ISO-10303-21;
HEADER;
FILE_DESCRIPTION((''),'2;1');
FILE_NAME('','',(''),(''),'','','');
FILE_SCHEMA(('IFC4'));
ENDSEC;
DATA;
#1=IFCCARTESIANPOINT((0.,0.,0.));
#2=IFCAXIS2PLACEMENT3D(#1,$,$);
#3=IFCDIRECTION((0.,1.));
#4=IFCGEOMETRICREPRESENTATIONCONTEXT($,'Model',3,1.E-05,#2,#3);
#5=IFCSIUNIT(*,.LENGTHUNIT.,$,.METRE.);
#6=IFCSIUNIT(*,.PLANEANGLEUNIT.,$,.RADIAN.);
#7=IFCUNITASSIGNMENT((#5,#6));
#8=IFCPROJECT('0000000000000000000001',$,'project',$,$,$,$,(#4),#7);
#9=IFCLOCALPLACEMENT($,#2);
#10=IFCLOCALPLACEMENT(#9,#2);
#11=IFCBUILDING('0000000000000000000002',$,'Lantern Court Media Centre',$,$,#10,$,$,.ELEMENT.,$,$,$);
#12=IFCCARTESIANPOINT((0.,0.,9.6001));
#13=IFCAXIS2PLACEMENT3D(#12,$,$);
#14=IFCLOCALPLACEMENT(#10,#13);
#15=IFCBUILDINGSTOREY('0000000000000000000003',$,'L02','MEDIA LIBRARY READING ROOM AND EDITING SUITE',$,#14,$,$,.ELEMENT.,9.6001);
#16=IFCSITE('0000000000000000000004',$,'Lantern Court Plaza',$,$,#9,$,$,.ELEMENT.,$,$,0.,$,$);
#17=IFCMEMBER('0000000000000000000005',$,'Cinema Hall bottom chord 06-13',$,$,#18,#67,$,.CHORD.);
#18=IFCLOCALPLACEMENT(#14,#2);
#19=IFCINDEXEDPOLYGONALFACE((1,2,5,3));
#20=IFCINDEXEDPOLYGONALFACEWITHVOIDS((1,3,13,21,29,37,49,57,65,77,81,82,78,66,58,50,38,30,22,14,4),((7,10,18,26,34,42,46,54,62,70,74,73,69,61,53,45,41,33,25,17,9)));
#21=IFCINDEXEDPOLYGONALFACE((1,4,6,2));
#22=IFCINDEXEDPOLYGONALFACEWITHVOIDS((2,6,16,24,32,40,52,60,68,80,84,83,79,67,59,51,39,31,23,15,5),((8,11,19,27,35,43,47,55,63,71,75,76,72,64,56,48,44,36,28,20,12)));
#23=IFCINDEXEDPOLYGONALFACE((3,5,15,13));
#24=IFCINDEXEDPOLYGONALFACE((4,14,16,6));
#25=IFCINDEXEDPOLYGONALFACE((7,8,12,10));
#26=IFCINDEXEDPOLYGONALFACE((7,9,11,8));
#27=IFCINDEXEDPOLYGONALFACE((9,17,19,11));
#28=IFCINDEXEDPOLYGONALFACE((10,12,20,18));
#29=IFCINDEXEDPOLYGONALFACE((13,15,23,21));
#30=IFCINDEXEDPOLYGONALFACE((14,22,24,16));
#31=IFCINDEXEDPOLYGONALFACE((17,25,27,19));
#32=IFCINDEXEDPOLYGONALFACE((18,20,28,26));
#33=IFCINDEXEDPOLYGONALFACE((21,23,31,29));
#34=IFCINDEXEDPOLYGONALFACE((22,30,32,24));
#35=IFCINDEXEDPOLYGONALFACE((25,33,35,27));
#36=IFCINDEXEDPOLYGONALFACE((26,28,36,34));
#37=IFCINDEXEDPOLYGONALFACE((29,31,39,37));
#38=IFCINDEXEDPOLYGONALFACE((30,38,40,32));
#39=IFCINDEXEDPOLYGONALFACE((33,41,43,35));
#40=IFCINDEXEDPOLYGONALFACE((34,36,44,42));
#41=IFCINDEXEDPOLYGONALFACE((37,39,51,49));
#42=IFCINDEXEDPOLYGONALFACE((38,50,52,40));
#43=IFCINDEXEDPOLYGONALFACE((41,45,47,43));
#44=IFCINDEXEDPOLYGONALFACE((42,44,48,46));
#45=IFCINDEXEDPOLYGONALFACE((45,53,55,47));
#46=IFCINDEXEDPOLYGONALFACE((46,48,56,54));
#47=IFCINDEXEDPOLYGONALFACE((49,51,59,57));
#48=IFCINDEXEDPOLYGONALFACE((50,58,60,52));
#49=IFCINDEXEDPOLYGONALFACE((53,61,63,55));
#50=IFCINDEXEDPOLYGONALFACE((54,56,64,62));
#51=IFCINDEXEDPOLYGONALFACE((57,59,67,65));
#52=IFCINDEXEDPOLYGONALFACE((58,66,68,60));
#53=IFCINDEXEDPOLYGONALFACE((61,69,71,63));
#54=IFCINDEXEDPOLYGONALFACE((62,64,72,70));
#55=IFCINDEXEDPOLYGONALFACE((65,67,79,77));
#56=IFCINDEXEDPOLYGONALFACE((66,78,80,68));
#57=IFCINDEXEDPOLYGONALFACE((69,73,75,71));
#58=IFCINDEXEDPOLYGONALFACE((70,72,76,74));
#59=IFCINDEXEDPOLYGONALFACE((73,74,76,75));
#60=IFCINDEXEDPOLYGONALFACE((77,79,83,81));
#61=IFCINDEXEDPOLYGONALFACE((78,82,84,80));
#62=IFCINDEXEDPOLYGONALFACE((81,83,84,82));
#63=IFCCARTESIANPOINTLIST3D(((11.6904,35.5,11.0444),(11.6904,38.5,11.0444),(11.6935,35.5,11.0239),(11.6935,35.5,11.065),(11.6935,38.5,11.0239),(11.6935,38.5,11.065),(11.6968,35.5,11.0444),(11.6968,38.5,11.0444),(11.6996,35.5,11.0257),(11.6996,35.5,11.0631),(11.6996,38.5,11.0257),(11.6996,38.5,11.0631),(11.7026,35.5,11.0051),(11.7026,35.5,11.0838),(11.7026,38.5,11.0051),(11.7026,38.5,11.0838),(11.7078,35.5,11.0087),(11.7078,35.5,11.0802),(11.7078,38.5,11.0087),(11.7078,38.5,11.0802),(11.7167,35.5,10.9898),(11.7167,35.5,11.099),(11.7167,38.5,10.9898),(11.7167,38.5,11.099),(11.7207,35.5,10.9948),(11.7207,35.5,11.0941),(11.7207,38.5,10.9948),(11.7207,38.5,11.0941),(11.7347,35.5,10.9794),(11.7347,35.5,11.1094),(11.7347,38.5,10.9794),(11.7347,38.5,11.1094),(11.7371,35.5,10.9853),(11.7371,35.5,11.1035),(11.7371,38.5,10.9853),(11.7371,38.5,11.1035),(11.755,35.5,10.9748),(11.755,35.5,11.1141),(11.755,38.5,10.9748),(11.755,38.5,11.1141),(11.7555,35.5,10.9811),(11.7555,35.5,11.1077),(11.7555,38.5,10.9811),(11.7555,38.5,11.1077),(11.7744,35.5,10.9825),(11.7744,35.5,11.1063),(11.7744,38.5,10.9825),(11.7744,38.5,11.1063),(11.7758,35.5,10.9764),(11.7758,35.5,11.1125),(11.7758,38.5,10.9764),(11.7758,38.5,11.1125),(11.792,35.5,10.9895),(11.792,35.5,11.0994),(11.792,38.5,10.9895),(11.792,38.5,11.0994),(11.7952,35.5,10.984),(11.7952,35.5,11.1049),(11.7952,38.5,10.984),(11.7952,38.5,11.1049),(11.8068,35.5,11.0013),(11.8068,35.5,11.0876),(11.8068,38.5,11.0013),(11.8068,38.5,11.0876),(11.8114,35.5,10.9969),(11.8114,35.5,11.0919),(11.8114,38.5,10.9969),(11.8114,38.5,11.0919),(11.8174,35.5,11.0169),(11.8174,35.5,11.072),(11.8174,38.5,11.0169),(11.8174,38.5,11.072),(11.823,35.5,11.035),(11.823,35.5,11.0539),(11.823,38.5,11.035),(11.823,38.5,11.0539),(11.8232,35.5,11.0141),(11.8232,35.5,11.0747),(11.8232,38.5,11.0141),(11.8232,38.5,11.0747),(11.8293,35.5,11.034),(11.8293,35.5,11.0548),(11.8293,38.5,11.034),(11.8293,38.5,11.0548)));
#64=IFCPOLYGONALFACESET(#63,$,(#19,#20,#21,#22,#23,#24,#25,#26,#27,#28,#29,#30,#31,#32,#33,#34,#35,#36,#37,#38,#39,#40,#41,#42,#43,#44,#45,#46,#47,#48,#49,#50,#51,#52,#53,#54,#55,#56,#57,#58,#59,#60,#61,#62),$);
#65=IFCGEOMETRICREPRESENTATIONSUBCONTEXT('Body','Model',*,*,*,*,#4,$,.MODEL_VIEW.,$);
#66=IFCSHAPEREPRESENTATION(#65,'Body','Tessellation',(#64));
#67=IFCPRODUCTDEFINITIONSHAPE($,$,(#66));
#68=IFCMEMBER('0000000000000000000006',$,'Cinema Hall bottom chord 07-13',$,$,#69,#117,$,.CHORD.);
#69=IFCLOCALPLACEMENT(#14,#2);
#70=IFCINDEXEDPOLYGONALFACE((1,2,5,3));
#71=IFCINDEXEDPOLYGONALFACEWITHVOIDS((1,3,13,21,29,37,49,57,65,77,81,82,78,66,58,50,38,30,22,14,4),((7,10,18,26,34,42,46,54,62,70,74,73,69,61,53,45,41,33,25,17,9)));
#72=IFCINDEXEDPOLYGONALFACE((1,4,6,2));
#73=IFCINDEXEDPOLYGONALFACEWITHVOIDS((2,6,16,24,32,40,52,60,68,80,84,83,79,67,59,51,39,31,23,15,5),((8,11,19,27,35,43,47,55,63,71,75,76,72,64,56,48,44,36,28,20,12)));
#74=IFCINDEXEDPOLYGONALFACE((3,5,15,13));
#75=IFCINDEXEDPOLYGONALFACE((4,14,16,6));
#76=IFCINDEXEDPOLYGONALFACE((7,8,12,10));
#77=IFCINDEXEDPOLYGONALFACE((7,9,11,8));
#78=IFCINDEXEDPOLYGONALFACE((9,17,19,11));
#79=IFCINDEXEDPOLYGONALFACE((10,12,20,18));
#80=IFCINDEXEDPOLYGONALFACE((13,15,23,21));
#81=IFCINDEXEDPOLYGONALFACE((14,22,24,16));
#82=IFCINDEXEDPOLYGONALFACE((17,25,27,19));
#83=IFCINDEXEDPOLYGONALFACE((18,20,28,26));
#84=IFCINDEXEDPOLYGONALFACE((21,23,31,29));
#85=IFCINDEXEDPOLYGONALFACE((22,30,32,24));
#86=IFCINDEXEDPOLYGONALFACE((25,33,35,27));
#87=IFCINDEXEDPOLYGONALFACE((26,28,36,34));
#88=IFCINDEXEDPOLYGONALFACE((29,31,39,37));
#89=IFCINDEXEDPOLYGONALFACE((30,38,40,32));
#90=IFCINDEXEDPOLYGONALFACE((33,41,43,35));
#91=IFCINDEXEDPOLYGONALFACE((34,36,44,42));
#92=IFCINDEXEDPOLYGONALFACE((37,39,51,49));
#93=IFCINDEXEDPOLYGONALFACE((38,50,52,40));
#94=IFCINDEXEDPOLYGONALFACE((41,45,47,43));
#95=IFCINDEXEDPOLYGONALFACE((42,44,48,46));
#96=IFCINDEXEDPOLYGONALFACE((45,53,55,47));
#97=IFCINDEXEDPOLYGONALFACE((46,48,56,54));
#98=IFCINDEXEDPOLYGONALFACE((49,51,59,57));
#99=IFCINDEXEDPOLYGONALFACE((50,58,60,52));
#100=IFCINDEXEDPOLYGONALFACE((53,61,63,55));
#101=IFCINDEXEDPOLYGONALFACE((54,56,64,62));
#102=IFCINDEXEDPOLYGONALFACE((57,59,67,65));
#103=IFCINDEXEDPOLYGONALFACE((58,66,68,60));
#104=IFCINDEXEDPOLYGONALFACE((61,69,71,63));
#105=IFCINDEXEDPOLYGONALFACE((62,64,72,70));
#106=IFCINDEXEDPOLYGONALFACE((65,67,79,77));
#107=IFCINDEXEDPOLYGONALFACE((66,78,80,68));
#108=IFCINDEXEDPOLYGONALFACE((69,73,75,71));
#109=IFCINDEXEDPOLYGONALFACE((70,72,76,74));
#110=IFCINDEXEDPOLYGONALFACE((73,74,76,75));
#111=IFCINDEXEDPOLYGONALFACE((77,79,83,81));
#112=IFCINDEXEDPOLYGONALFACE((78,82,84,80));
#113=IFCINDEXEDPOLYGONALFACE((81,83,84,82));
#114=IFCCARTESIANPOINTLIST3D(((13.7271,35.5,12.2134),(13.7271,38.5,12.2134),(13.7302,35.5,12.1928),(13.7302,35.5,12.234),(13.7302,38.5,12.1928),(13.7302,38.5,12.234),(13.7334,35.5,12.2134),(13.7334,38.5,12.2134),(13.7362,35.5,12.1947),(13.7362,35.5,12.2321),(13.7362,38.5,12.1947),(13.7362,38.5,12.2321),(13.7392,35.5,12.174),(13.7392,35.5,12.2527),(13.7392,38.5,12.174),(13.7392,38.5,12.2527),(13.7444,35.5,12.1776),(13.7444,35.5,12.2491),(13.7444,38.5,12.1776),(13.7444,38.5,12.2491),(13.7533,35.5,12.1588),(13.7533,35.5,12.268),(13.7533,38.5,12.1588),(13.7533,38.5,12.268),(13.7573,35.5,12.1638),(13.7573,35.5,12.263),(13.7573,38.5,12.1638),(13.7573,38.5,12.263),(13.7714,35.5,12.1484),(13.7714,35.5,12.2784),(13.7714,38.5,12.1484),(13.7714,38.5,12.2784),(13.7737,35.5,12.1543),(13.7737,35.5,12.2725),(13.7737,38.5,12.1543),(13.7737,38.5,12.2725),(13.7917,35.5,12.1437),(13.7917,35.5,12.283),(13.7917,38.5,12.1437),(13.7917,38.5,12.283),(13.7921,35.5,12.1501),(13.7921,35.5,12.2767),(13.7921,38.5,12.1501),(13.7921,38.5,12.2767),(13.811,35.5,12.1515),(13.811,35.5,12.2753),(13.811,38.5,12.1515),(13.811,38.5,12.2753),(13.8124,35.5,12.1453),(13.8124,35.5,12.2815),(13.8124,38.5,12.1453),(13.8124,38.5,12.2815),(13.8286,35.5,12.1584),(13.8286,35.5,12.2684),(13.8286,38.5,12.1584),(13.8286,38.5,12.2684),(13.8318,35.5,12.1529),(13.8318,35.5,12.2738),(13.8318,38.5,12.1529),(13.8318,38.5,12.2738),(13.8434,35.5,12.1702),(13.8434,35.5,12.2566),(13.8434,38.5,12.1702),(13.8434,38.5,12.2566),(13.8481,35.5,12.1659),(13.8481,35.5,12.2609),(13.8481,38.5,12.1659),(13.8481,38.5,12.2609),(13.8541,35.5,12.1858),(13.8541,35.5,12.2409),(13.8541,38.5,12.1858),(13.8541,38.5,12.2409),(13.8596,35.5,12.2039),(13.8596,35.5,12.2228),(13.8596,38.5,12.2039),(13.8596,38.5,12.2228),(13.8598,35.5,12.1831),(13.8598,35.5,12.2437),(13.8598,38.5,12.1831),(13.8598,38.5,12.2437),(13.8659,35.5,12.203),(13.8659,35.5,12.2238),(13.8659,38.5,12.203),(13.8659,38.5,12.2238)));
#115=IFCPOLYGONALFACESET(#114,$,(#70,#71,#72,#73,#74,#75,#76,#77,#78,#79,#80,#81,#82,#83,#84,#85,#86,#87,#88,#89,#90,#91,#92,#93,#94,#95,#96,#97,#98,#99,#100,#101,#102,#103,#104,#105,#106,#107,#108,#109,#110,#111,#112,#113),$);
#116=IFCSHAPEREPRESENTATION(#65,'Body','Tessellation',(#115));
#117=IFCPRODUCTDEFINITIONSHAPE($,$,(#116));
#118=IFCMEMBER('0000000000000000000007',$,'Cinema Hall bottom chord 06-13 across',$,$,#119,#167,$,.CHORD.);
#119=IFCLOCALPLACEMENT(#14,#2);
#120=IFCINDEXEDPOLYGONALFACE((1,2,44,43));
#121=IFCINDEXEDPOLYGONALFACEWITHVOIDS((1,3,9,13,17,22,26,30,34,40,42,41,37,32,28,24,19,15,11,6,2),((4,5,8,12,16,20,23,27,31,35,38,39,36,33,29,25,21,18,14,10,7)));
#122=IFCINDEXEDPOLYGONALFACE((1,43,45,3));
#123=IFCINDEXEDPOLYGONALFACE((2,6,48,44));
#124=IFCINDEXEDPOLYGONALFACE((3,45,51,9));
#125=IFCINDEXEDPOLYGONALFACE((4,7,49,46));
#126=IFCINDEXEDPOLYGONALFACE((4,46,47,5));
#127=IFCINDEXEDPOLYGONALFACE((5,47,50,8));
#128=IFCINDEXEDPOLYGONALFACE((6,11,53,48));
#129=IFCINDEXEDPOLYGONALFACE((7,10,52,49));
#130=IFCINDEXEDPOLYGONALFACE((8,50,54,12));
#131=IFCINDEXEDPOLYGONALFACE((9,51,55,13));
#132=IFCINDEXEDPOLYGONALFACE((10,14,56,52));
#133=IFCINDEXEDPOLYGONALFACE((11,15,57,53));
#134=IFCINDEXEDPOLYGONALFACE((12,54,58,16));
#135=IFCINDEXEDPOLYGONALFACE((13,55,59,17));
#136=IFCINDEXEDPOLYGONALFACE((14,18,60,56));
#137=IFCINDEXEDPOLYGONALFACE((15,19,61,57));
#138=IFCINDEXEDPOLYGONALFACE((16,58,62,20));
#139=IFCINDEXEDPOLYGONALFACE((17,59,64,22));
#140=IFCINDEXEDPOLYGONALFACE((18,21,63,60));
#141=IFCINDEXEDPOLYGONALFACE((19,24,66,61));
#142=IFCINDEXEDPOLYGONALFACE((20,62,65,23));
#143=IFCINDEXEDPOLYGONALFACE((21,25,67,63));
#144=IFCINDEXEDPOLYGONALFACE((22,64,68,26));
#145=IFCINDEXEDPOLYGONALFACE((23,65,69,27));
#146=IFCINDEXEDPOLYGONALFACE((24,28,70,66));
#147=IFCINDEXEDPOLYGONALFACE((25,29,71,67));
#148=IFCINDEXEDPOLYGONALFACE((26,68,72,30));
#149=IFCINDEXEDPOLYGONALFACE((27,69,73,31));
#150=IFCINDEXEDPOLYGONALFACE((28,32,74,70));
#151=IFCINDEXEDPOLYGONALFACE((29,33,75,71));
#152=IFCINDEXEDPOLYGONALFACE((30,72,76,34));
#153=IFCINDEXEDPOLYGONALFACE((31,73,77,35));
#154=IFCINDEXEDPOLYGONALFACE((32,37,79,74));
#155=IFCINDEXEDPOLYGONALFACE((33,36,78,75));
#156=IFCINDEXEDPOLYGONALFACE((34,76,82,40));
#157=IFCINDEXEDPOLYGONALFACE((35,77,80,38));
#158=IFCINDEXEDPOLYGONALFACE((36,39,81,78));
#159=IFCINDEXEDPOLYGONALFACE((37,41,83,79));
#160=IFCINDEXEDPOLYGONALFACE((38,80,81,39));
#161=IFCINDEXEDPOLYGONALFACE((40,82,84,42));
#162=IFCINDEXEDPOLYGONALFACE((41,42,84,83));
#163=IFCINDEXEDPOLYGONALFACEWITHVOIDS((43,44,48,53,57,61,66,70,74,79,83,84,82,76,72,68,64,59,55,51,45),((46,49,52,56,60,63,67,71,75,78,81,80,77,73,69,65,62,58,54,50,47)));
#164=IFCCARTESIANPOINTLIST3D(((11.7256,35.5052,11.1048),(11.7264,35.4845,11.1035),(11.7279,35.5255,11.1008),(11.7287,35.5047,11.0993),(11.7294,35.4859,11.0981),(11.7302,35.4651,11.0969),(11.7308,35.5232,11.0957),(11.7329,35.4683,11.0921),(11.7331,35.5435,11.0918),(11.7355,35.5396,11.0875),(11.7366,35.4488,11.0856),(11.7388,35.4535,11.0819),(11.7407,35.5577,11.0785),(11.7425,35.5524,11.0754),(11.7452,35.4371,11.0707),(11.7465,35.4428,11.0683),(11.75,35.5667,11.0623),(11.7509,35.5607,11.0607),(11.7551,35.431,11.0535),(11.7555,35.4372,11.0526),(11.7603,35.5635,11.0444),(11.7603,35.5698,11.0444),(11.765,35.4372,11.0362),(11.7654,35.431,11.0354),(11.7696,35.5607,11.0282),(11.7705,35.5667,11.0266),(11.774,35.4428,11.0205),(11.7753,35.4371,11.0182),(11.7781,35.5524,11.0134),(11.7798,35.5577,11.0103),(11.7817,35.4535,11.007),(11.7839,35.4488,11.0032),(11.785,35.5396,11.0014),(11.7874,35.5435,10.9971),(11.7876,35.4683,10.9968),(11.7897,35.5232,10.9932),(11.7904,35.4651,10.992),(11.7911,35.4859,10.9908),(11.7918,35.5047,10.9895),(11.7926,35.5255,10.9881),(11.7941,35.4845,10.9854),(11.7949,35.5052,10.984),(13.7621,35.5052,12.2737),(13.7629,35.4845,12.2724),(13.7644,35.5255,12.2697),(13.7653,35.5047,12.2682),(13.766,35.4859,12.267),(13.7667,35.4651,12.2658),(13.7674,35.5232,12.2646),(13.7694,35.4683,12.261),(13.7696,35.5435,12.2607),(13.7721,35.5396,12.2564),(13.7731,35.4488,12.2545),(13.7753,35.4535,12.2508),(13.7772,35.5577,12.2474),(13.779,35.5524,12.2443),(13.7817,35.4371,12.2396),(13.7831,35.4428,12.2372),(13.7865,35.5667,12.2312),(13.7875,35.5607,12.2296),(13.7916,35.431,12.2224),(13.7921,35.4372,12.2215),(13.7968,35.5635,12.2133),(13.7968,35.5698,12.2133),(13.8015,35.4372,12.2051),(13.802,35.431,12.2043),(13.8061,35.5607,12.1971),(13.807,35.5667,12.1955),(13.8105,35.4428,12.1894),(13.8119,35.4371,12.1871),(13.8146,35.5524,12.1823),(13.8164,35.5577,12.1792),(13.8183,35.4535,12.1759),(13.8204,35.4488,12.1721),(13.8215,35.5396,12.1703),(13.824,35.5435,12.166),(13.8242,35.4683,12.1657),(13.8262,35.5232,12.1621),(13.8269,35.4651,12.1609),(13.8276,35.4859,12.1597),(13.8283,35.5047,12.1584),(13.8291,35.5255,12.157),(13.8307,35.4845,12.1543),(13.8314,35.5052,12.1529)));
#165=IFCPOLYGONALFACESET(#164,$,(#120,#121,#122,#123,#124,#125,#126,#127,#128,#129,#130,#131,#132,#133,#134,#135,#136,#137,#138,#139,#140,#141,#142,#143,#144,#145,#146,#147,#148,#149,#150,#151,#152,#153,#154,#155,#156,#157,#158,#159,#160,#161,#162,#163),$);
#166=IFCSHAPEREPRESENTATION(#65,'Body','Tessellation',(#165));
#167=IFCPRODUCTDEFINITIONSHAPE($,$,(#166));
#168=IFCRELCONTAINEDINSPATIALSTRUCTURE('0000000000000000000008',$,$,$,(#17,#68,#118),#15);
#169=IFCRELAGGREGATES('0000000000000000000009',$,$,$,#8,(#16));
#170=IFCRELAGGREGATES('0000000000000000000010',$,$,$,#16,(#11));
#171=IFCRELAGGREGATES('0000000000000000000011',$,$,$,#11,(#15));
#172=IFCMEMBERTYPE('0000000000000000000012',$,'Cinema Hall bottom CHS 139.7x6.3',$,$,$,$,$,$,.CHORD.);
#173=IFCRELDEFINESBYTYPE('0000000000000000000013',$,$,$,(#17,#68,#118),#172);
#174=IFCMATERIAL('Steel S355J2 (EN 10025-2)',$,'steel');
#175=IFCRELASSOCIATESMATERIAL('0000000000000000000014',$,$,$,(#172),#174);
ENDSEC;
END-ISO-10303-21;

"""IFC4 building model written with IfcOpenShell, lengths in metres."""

from ifc_helpers import new_model, si_unit, direction, frame, origin, origin_2d, place, context, subcontext, project, spatial, hollow_circle, extrude, material, material_profile, profile_set, type_object, element, save


model = new_model("IFC4")

# Units and contexts
model_context = context("Model", 3, precision=1e-05, world=origin(), true_north=direction((0.0, 1.0)))
body_context = subcontext(model_context, "Body", "Model", "MODEL_VIEW")
ifc_project = project(units=[si_unit("LENGTHUNIT", "METRE"), si_unit("PLANEANGLEUNIT", "RADIAN")], contexts=[model_context])

# Site, building, storey
site_placement = place(None, origin())
site = spatial("IfcSite", under=ifc_project, at=site_placement, Name="Lantern Court Plaza", CompositionType="ELEMENT", RefElevation=0.0)
building_placement = place(site_placement, origin())
building = spatial("IfcBuilding", under=site, at=building_placement, Name="Lantern Court Media Centre", CompositionType="ELEMENT")
storey_placement = place(building_placement, frame((0.0, 0.0, 9.6001)))
storey = spatial("IfcBuildingStorey", under=building, at=storey_placement, Name="L02", Description="MEDIA LIBRARY READING ROOM AND EDITING SUITE", CompositionType="ELEMENT", Elevation=9.6001)

# Members
ifc_material = material(Name="Steel S355J2 (EN 10025-2)", Category="steel")
ifc_material_profile_1 = material_profile(ifc_material, hollow_circle(Radius=0.0698, WallThickness=0.0063, at=origin_2d()), Name="Cinema Hall bottom CHS 139.7x6.3")
ifc_profile_set_1 = profile_set([ifc_material_profile_1], Name="Steel S355J2 (EN 10025-2)")
member_type_1 = type_object("IfcMemberType", Name="Cinema Hall bottom CHS 139.7x6.3", PredefinedType="CHORD", material=ifc_profile_set_1)
for number, where, z_axis, x_axis, name in (
    (1, (11.7603, 35.5, 11.0444), (0.0, 1.0, 0.0), (-1.0, 0.0, 0.0), "Cinema Hall bottom chord 06-13"),
    (2, (13.7969, 35.5, 12.2134), (0.0, 1.0, 0.0), (-1.0, 0.0, 0.0), "Cinema Hall bottom chord 07-13"),
):
    element("IfcMember", number, at=place(storey_placement, frame(where, z_axis=z_axis, x_axis=x_axis)), inside=storey, type_object=member_type_1, Name=name, PredefinedType="CHORD", context=body_context, shape_type="SweptSolid", body=[
        extrude(hollow_circle(Radius=0.0698, WallThickness=0.0063, at=origin_2d()), origin(), (0.0, 0.0, 1.0), 3.0),
    ])
member_1_placement = place(storey_placement, frame((11.7603, 35.5, 11.0444), z_axis=(0.867295, 0.0, 0.497795), x_axis=(0.0, 1.0, 0.0)))
element("IfcMember", 3, at=member_1_placement, inside=storey, type_object=member_type_1, Name="Cinema Hall bottom chord 06-13 across", PredefinedType="CHORD", context=body_context, shape_type="SweptSolid", body=[
    extrude(hollow_circle(Radius=0.0698, WallThickness=0.0063, at=origin_2d()), origin(), (0.0, 0.0, 1.0), 2.3481),
])

save(model, "model.ifc")
